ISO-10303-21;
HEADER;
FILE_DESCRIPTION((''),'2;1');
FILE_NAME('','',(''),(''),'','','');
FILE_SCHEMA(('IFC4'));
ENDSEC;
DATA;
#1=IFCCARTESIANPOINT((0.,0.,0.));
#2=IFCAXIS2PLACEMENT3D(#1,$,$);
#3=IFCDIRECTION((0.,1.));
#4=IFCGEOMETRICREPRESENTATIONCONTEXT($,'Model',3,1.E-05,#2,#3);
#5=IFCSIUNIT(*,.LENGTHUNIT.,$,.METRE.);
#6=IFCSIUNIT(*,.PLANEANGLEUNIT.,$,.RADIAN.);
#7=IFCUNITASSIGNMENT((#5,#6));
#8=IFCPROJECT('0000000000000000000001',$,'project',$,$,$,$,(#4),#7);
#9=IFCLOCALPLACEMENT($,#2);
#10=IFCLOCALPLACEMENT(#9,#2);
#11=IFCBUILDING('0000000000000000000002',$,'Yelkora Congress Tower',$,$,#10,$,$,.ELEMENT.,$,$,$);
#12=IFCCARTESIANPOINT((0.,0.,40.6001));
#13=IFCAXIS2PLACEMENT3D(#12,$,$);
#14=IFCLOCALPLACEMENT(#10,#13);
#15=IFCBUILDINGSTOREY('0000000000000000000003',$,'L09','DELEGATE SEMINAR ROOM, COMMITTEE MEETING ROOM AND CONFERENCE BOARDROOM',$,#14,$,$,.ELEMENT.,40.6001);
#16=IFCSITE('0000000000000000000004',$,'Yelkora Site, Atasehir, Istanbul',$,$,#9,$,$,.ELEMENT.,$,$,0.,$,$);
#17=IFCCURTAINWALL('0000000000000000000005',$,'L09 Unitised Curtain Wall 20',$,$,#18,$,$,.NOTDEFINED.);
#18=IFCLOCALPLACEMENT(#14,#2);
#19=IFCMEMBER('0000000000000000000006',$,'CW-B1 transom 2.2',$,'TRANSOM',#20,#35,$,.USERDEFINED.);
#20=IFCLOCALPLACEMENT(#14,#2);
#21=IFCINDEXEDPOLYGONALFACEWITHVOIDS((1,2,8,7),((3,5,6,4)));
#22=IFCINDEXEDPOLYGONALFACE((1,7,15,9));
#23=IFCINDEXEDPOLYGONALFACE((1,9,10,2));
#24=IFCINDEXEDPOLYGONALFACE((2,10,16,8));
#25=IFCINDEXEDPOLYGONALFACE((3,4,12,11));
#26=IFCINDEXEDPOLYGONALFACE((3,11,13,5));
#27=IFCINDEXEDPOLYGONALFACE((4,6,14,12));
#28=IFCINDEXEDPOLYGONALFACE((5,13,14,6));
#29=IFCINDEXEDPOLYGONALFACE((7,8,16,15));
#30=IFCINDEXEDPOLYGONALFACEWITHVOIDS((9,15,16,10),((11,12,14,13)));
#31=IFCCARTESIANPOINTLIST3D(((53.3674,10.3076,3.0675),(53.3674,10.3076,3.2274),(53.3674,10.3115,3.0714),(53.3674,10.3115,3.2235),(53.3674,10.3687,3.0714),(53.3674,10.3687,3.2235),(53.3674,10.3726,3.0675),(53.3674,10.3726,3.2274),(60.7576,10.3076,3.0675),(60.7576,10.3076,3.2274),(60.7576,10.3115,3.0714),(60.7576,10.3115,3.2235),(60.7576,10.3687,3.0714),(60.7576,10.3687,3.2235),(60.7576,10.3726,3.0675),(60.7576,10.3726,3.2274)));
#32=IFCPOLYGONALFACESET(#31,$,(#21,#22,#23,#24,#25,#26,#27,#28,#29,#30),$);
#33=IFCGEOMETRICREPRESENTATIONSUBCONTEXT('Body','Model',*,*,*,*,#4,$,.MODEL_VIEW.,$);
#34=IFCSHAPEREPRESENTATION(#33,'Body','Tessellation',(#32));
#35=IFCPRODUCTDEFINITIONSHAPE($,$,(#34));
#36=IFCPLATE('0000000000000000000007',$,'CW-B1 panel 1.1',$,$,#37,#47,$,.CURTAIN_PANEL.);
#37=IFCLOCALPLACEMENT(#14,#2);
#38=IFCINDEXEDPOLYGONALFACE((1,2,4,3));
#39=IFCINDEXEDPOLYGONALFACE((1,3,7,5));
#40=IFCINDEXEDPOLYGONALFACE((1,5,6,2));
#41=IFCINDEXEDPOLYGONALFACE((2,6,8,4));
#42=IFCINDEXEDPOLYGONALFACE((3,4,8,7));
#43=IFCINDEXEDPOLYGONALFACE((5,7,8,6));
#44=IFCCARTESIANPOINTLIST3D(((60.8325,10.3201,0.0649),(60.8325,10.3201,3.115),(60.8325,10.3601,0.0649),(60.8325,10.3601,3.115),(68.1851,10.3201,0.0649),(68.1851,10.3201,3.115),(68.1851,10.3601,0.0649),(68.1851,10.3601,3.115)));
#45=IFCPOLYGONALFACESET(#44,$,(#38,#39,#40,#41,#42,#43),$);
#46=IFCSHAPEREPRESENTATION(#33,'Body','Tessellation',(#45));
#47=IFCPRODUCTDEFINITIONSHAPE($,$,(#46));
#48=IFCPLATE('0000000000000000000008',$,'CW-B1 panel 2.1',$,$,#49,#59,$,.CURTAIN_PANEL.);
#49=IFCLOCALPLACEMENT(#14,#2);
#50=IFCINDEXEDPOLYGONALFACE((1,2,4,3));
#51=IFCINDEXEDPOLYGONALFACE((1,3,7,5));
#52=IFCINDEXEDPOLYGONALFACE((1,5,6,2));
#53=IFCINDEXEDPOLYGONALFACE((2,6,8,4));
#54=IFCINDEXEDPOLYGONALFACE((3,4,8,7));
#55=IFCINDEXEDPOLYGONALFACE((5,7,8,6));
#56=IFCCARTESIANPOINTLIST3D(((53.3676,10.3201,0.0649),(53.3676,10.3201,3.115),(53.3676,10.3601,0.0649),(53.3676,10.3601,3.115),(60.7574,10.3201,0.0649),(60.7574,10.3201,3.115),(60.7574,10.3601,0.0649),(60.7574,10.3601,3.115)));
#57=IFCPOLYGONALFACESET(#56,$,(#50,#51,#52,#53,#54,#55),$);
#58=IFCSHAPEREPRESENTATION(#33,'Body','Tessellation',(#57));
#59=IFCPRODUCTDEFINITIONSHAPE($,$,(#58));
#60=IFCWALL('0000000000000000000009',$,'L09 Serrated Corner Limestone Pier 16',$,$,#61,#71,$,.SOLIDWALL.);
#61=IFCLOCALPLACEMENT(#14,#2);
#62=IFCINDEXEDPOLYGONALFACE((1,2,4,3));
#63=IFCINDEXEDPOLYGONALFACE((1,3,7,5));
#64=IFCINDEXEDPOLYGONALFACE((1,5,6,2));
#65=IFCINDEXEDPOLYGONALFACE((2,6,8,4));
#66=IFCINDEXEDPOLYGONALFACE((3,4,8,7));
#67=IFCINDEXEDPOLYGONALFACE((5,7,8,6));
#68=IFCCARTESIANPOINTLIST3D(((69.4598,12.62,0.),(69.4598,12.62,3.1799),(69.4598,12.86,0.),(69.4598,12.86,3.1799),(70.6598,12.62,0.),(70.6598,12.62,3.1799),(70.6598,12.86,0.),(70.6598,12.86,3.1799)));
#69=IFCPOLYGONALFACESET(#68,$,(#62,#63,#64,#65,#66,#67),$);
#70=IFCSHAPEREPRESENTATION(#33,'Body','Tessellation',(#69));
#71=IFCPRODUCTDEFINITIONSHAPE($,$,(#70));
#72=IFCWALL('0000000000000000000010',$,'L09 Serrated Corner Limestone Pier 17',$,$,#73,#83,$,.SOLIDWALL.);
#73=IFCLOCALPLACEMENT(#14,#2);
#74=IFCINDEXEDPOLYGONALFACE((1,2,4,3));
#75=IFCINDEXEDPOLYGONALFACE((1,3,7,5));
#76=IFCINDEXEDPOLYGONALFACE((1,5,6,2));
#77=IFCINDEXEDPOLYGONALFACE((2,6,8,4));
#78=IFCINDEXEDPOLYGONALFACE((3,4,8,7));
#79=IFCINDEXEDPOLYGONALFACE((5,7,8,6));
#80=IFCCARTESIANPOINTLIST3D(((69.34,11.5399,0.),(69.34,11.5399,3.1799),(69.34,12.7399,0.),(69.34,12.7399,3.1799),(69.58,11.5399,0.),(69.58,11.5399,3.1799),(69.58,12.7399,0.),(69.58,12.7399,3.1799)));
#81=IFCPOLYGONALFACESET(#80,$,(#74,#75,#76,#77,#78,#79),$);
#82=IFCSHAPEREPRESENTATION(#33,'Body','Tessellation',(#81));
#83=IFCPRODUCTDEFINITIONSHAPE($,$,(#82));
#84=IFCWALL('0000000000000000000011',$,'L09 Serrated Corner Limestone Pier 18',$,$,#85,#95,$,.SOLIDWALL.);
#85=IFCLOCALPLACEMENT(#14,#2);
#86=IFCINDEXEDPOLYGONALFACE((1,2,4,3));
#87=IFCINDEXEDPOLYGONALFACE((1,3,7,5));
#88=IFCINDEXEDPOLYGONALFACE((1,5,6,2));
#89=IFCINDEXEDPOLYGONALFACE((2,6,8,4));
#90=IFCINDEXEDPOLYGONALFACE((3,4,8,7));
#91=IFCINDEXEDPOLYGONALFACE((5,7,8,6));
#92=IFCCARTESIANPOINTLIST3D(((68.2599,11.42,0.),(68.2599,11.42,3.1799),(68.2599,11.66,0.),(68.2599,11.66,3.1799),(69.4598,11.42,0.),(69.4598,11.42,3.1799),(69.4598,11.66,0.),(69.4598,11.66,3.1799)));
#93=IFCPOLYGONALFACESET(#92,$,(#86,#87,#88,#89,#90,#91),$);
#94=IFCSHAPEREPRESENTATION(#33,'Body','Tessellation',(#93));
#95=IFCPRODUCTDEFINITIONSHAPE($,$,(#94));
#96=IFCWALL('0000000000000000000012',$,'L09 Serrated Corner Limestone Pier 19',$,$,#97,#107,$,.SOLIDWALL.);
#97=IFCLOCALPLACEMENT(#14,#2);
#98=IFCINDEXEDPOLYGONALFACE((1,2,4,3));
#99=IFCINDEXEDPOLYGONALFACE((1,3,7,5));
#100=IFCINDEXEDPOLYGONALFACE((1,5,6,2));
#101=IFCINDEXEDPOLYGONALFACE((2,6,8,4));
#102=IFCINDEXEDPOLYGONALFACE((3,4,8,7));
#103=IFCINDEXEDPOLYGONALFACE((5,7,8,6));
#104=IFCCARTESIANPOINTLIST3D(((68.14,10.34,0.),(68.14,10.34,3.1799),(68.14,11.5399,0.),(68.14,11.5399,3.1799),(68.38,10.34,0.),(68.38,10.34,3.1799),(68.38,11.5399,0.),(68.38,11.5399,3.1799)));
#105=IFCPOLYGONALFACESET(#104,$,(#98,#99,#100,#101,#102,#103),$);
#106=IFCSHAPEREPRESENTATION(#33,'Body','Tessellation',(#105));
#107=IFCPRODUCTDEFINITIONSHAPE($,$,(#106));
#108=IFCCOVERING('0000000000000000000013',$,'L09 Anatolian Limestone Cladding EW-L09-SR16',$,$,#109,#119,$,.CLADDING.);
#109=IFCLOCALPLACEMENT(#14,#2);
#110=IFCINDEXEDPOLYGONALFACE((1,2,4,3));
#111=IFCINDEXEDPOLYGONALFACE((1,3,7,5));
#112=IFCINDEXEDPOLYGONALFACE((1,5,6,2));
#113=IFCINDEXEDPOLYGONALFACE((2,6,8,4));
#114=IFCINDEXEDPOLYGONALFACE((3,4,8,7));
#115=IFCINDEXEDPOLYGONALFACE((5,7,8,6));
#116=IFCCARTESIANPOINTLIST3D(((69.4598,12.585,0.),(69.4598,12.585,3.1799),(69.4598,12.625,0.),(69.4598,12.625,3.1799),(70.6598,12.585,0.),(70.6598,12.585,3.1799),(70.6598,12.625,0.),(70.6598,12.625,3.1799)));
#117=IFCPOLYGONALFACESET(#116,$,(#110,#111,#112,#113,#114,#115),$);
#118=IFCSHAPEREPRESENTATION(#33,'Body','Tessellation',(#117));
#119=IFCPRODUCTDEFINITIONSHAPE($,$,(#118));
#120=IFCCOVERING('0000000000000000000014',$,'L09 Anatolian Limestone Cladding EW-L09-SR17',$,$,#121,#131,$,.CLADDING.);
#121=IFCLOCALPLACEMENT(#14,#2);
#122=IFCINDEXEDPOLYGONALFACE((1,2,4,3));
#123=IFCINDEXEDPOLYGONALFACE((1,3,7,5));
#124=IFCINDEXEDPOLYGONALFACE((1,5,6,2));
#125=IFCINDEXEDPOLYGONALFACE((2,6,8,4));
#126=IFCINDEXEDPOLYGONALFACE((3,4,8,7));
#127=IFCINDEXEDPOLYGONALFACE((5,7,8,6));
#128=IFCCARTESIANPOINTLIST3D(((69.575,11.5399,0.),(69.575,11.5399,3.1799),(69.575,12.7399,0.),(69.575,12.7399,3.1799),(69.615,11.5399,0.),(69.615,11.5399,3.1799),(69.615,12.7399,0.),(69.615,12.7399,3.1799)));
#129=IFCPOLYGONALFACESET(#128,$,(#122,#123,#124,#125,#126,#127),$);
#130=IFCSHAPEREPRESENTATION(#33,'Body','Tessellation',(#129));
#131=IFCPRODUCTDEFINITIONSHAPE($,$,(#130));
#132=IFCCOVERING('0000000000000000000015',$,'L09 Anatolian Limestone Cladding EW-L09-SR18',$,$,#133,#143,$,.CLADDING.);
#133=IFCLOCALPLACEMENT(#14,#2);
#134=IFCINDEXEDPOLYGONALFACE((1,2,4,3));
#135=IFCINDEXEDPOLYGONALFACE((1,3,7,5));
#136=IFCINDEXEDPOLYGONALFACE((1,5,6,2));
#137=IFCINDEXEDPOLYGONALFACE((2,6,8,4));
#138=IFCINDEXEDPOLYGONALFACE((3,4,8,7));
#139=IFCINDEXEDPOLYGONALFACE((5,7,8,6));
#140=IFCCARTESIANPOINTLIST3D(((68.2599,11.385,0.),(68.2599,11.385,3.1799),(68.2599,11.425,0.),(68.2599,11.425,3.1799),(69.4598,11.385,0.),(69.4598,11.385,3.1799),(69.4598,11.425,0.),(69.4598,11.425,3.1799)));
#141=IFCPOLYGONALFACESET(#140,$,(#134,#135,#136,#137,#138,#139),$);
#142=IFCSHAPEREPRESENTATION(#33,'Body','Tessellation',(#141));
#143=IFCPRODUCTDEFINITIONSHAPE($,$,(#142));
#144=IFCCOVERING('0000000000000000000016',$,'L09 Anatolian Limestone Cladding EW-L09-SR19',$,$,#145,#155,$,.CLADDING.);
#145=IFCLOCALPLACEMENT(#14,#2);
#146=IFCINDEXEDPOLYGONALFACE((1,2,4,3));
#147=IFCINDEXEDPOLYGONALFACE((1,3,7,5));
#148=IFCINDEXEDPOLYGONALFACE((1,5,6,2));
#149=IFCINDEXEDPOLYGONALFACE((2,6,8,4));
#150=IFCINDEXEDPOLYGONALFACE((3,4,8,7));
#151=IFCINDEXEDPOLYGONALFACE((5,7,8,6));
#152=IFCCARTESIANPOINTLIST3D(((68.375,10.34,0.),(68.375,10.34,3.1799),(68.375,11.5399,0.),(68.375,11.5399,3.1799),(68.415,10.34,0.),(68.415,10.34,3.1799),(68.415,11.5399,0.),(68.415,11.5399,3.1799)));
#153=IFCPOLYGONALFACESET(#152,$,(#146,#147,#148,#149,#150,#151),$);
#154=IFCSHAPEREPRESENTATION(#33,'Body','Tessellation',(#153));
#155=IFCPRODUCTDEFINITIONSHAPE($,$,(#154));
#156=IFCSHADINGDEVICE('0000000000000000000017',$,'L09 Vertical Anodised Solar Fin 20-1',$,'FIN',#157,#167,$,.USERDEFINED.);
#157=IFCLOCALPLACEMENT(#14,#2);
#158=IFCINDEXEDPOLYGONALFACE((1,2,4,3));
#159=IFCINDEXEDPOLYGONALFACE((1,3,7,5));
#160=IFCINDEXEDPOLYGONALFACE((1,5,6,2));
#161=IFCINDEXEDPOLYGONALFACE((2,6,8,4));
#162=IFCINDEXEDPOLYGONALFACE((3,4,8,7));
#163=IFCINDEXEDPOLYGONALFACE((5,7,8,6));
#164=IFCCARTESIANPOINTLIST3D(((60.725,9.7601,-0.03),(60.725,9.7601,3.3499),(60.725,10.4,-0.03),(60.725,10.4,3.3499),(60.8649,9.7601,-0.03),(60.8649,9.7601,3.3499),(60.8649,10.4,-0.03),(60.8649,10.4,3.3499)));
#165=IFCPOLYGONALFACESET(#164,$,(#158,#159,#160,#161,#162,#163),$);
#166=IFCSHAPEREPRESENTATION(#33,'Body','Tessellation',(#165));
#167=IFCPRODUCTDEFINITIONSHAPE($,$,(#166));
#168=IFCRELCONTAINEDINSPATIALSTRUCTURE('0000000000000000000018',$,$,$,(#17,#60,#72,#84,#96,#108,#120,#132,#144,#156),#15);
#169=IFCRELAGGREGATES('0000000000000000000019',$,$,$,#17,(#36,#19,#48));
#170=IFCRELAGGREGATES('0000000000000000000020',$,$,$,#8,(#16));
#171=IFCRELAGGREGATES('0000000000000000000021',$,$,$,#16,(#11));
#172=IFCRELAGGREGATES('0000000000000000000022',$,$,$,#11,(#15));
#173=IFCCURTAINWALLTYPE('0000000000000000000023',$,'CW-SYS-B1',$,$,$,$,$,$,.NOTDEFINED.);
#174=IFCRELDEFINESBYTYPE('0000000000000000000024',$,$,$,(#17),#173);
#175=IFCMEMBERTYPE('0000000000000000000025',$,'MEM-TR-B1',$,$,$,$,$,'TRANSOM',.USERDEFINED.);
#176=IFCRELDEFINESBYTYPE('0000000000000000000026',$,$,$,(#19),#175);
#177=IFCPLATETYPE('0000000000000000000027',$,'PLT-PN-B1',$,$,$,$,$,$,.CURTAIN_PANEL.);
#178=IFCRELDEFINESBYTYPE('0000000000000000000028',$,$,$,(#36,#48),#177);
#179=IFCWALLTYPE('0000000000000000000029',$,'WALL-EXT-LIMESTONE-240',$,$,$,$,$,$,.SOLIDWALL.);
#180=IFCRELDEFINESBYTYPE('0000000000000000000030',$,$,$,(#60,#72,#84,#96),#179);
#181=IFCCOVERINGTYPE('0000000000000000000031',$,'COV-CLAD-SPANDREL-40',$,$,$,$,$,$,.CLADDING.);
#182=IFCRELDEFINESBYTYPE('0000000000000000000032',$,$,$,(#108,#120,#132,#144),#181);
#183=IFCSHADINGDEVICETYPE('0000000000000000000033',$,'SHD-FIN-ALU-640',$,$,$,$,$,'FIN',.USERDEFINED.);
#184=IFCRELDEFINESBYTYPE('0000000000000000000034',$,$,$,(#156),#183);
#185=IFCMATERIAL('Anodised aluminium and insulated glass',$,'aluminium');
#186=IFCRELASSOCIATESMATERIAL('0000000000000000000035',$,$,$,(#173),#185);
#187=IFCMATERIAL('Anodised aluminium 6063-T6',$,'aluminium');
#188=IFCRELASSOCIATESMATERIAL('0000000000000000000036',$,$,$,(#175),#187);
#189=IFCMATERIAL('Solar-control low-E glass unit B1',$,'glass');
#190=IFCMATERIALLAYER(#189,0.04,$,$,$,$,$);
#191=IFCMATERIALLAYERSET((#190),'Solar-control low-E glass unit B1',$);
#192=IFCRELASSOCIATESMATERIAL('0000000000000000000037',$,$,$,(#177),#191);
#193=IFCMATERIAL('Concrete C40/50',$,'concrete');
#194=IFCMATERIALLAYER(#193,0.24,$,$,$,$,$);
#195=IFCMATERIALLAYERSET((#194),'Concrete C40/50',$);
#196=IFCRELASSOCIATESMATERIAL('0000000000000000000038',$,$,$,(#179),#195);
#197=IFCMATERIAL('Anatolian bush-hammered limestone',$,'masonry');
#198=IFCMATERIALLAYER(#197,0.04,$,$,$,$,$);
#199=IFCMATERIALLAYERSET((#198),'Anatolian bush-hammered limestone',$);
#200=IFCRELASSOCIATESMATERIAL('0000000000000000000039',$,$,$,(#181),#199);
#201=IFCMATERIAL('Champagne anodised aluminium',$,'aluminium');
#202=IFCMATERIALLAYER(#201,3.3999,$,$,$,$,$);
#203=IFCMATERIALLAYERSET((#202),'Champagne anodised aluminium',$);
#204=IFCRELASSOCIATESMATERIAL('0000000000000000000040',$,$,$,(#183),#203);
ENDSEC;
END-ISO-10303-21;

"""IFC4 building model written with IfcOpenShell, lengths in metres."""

from ifc_helpers import new_model, si_unit, direction, frame, frame_2d, origin, origin_2d, place, context, subcontext, project, spatial, rectangle, hollow_rectangle, extrude, material, layer, layer_set, material_profile, profile_set, type_object, element, aggregate, save


model = new_model("IFC4")

# Units and contexts
model_context = context("Model", 3, precision=1e-05, world=origin(), true_north=direction((0.0, 1.0)))
body_context = subcontext(model_context, "Body", "Model", "MODEL_VIEW")
ifc_project = project(units=[si_unit("LENGTHUNIT", "METRE"), si_unit("PLANEANGLEUNIT", "RADIAN")], contexts=[model_context])

# Site, building, storey
site_placement = place(None, origin())
site = spatial("IfcSite", under=ifc_project, at=site_placement, Name="Yelkora Site, Atasehir, Istanbul", CompositionType="ELEMENT", RefElevation=0.0)
building_placement = place(site_placement, origin())
building = spatial("IfcBuilding", under=site, at=building_placement, Name="Yelkora Congress Tower", CompositionType="ELEMENT")
storey_placement = place(building_placement, frame((0.0, 0.0, 40.6001)))
storey = spatial("IfcBuildingStorey", under=building, at=storey_placement, Name="L09", Description="DELEGATE SEMINAR ROOM, COMMITTEE MEETING ROOM AND CONFERENCE BOARDROOM", CompositionType="ELEMENT", Elevation=40.6001)

# Curtain wall, member, plates
ifc_material_1 = material(Name="Anodised aluminium and insulated glass", Category="aluminium")
curtain_wall_type = type_object("IfcCurtainWallType", Name="CW-SYS-B1", PredefinedType="NOTDEFINED", material=ifc_material_1)
curtain_wall_placement = place(storey_placement, origin())
curtain_wall = element("IfcCurtainWall", 1, at=curtain_wall_placement, inside=storey, type_object=curtain_wall_type, Name="L09 Unitised Curtain Wall 20", PredefinedType="NOTDEFINED")
ifc_material_2 = material(Name="Anodised aluminium 6063-T6", Category="aluminium")
ifc_material_profile_1 = material_profile(ifc_material_2, hollow_rectangle(XDim=0.0649, YDim=0.1599, WallThickness=0.0039, at=origin_2d()), Name="ALU 65x160x4")
ifc_profile_set_1 = profile_set([ifc_material_profile_1], Name="Anodised aluminium 6063-T6")
member_type_1 = type_object("IfcMemberType", Name="MEM-TR-B1", ElementType="TRANSOM", PredefinedType="USERDEFINED", material=ifc_profile_set_1)
member_1_placement = place(storey_placement, frame((60.7576, 10.3401, 3.1475), z_axis=(-1.0, 0.0, 0.0), x_axis=(0.0, -1.0, 0.0)))
member_1 = element("IfcMember", 2, at=member_1_placement, type_object=member_type_1, Name="CW-B1 transom 2.2", ObjectType="TRANSOM", PredefinedType="USERDEFINED", context=body_context, shape_type="SweptSolid", body=[
    extrude(hollow_rectangle(XDim=0.0649, YDim=0.1599, WallThickness=0.0039, at=origin_2d()), origin(), (0.0, 0.0, 1.0), 7.3901),
])
ifc_material_3 = material(Name="Solar-control low-E glass unit B1", Category="glass")
ifc_layer_1 = layer(ifc_material_3, 0.04)
ifc_layer_set_1 = layer_set([ifc_layer_1], Name="Solar-control low-E glass unit B1")
plate_type = type_object("IfcPlateType", Name="PLT-PN-B1", PredefinedType="CURTAIN_PANEL", material=ifc_layer_set_1)
plate_1_placement = place(storey_placement, frame((64.5088, 10.3401, 0.0649), z_axis=(0.0, 0.0, 1.0), x_axis=(-1.0, 0.0, 0.0)))
plate_1 = element("IfcPlate", 3, at=plate_1_placement, type_object=plate_type, Name="CW-B1 panel 1.1", PredefinedType="CURTAIN_PANEL", context=body_context, shape_type="SweptSolid", body=[
    extrude(rectangle(XDim=7.3525, YDim=0.04, at=origin_2d()), origin(), (0.0, 0.0, 1.0), 3.05),
])
plate_2_placement = place(storey_placement, frame((57.0625, 10.3401, 0.0649), z_axis=(0.0, 0.0, 1.0), x_axis=(-1.0, 0.0, 0.0)))
plate_2 = element("IfcPlate", 4, at=plate_2_placement, type_object=plate_type, Name="CW-B1 panel 2.1", PredefinedType="CURTAIN_PANEL", context=body_context, shape_type="SweptSolid", body=[
    extrude(rectangle(XDim=7.3899, YDim=0.04, at=origin_2d()), origin(), (0.0, 0.0, 1.0), 3.05),
])
aggregate(curtain_wall, [plate_1, member_1, plate_2])

# Walls
ifc_material_4 = material(Name="Concrete C40/50", Category="concrete")
ifc_layer_2 = layer(ifc_material_4, 0.24)
ifc_layer_set_2 = layer_set([ifc_layer_2], Name="Concrete C40/50")
wall_type = type_object("IfcWallType", Name="WALL-EXT-LIMESTONE-240", PredefinedType="SOLIDWALL", material=ifc_layer_set_2)
for number, where, z_axis, x_axis, name in (
    (5, (70.6599, 12.74, 0.0), (0.0, 0.0, 1.0), (-1.0, 0.0, 0.0), "L09 Serrated Corner Limestone Pier 16"),
    (6, (69.46, 12.74, 0.0), (0.0, 0.0, 1.0), (0.0, -1.0, 0.0), "L09 Serrated Corner Limestone Pier 17"),
    (7, (69.46, 11.54, 0.0), (0.0, 0.0, 1.0), (-1.0, 0.0, 0.0), "L09 Serrated Corner Limestone Pier 18"),
    (8, (68.26, 11.54, 0.0), (0.0, 0.0, 1.0), (0.0, -1.0, 0.0), "L09 Serrated Corner Limestone Pier 19"),
):
    element("IfcWall", number, at=place(storey_placement, frame(where, z_axis=z_axis, x_axis=x_axis)), inside=storey, type_object=wall_type, Name=name, PredefinedType="SOLIDWALL", context=body_context, shape_type="SweptSolid", body=[
        extrude(rectangle(XDim=1.2, YDim=0.24, at=frame_2d((0.6001, 0.0))), origin(), (0.0, 0.0, 1.0), 3.1799),
    ])

# Coverings
ifc_material_5 = material(Name="Anatolian bush-hammered limestone", Category="masonry")
ifc_layer_3 = layer(ifc_material_5, 0.04)
ifc_layer_set_3 = layer_set([ifc_layer_3], Name="Anatolian bush-hammered limestone")
covering_type = type_object("IfcCoveringType", Name="COV-CLAD-SPANDREL-40", PredefinedType="CLADDING", material=ifc_layer_set_3)
for number, where, z_axis, x_axis, name in (
    (9, (70.6599, 12.605, 0.0), (0.0, 0.0, 1.0), (-1.0, 0.0, 0.0), "L09 Anatolian Limestone Cladding EW-L09-SR16"),
    (10, (69.595, 12.74, 0.0), (0.0, 0.0, 1.0), (0.0, -1.0, 0.0), "L09 Anatolian Limestone Cladding EW-L09-SR17"),
    (11, (69.46, 11.405, 0.0), (0.0, 0.0, 1.0), (-1.0, 0.0, 0.0), "L09 Anatolian Limestone Cladding EW-L09-SR18"),
    (12, (68.395, 11.54, 0.0), (0.0, 0.0, 1.0), (0.0, -1.0, 0.0), "L09 Anatolian Limestone Cladding EW-L09-SR19"),
):
    element("IfcCovering", number, at=place(storey_placement, frame(where, z_axis=z_axis, x_axis=x_axis)), inside=storey, type_object=covering_type, Name=name, PredefinedType="CLADDING", context=body_context, shape_type="SweptSolid", body=[
        extrude(rectangle(XDim=1.2, YDim=0.04, at=frame_2d((0.6001, 0.0))), origin(), (0.0, 0.0, 1.0), 3.1799),
    ])

# Shading device
ifc_material_6 = material(Name="Champagne anodised aluminium", Category="aluminium")
ifc_layer_4 = layer(ifc_material_6, 3.3999)
ifc_layer_set_4 = layer_set([ifc_layer_4], Name="Champagne anodised aluminium")
shading_device_type = type_object("IfcShadingDeviceType", Name="SHD-FIN-ALU-640", ElementType="FIN", PredefinedType="USERDEFINED", material=ifc_layer_set_4)
shading_device_placement = place(storey_placement, frame((60.7949, 10.0801, -0.03), z_axis=(0.0, 0.0, 1.0), x_axis=(-1.0, 0.0, 0.0)))
element("IfcShadingDevice", 13, at=shading_device_placement, inside=storey, type_object=shading_device_type, Name="L09 Vertical Anodised Solar Fin 20-1", ObjectType="FIN", PredefinedType="USERDEFINED", context=body_context, shape_type="SweptSolid", body=[
    extrude(rectangle(XDim=0.1399, YDim=0.6399, at=origin_2d()), origin(), (0.0, 0.0, 1.0), 3.3799),
])

save(model, "model.ifc")
